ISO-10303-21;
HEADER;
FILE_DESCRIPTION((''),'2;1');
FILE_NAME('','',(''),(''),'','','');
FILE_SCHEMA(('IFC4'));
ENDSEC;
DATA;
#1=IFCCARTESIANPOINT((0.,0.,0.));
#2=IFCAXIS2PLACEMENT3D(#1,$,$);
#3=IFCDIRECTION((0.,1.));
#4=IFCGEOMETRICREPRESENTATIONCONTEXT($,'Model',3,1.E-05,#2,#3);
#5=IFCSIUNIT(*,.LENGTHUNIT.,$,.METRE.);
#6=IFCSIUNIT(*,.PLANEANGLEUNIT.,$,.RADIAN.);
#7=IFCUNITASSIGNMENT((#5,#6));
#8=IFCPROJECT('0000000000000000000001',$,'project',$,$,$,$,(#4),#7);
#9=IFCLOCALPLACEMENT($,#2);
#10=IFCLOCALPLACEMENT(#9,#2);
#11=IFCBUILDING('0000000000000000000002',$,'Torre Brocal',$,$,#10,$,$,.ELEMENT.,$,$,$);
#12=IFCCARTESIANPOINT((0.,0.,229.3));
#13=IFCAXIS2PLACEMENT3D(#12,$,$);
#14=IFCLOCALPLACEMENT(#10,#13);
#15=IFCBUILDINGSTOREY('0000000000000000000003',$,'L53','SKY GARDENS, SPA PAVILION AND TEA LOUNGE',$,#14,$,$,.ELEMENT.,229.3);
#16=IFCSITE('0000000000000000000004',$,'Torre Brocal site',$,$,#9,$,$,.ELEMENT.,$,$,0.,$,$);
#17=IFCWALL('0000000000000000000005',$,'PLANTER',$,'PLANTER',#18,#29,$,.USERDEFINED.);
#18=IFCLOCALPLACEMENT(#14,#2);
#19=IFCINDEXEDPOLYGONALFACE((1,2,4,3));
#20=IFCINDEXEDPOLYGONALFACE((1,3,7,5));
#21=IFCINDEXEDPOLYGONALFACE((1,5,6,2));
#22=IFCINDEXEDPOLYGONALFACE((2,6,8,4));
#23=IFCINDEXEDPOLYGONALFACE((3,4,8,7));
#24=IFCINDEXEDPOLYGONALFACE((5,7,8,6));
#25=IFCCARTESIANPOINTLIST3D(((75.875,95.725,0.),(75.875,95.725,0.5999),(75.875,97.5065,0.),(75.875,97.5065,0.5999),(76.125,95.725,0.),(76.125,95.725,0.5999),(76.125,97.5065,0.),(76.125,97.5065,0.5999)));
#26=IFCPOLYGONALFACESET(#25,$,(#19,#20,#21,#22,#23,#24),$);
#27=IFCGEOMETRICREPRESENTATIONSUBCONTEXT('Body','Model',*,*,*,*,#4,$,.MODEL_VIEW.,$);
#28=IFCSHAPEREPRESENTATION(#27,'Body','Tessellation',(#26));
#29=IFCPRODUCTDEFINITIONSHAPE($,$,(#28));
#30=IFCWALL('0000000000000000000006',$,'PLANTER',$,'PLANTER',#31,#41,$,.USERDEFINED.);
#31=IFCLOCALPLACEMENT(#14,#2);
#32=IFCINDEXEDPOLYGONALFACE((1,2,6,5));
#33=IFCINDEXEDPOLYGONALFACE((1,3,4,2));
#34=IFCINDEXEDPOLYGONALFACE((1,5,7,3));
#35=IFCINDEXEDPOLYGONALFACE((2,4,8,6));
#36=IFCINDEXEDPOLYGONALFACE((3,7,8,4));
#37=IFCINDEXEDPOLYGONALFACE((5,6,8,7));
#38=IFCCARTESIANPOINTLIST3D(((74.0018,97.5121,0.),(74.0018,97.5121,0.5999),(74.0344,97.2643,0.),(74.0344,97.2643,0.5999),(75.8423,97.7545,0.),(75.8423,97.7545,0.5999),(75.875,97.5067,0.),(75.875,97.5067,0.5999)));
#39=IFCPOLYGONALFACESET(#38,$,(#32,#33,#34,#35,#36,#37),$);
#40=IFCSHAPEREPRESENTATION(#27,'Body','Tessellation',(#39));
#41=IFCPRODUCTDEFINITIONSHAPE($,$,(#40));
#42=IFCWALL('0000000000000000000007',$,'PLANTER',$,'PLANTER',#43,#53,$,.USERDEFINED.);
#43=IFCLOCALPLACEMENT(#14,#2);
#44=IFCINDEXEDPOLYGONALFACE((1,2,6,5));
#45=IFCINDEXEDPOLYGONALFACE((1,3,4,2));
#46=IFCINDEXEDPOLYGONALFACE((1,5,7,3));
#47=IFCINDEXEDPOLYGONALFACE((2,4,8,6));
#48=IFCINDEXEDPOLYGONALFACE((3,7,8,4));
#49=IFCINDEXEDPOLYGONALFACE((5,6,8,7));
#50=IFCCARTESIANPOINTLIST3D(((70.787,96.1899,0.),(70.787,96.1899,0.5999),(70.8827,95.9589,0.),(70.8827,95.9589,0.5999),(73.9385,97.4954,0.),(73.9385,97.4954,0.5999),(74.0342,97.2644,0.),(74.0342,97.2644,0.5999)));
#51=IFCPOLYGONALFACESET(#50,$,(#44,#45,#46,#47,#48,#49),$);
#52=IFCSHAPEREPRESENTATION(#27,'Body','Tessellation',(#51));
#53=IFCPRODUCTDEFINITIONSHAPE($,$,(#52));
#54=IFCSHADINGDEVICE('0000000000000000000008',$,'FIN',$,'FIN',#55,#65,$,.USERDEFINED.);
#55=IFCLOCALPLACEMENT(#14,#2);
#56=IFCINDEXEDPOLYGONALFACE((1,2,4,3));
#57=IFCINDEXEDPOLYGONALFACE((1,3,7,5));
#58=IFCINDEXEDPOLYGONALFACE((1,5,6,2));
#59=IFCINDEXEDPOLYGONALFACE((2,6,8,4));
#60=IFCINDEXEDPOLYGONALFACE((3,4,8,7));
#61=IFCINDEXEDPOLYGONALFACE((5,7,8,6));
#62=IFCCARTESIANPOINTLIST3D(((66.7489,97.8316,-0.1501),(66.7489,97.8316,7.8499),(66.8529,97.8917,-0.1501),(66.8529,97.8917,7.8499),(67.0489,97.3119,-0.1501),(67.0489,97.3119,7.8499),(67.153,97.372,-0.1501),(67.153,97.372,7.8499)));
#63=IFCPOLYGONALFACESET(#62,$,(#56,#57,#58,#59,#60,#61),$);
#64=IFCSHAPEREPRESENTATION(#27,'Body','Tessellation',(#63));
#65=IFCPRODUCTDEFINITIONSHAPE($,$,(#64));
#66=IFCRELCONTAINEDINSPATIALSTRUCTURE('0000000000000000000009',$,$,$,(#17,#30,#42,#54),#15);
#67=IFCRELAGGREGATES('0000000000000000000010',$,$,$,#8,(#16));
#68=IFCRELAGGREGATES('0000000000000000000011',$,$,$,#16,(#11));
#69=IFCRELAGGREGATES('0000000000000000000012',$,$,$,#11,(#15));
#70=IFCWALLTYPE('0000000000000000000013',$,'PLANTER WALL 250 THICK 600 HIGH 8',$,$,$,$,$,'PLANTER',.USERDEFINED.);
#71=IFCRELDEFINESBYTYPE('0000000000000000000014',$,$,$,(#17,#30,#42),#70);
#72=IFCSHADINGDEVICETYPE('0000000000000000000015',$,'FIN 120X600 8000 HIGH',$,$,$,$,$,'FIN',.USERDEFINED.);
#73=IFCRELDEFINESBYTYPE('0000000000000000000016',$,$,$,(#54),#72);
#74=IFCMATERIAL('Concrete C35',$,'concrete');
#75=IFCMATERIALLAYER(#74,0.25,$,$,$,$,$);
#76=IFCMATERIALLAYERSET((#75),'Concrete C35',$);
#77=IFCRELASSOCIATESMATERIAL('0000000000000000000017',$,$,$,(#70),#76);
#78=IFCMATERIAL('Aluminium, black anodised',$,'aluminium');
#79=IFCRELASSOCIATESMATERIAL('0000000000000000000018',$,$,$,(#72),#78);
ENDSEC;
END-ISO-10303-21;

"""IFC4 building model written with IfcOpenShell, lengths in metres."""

from ifc_helpers import new_model, si_unit, direction, frame, frame_2d, origin, origin_2d, place, context, subcontext, project, spatial, rectangle, extrude, material, layer, layer_set, material_profile, profile_set, type_object, element, save


model = new_model("IFC4")

# Units and contexts
model_context = context("Model", 3, precision=1e-05, world=origin(), true_north=direction((0.0, 1.0)))
body_context = subcontext(model_context, "Body", "Model", "MODEL_VIEW")
ifc_project = project(units=[si_unit("LENGTHUNIT", "METRE"), si_unit("PLANEANGLEUNIT", "RADIAN")], contexts=[model_context])

# Site, building, storey
site_placement = place(None, origin())
site = spatial("IfcSite", under=ifc_project, at=site_placement, Name="Torre Brocal site", CompositionType="ELEMENT", RefElevation=0.0)
building_placement = place(site_placement, origin())
building = spatial("IfcBuilding", under=site, at=building_placement, Name="Torre Brocal", CompositionType="ELEMENT")
storey_placement = place(building_placement, frame((0.0, 0.0, 229.3)))
storey = spatial("IfcBuildingStorey", under=building, at=storey_placement, Name="L53", Description="SKY GARDENS, SPA PAVILION AND TEA LOUNGE", CompositionType="ELEMENT", Elevation=229.3)

# Walls
ifc_material_1 = material(Name="Concrete C35", Category="concrete")
ifc_layer_1 = layer(ifc_material_1, 0.25)
ifc_layer_set_1 = layer_set([ifc_layer_1], Name="Concrete C35")
wall_type_1 = type_object("IfcWallType", Name="PLANTER WALL 250 THICK 600 HIGH 8", ElementType="PLANTER", PredefinedType="USERDEFINED", material=ifc_layer_set_1)
wall_1_placement = place(storey_placement, frame((76.0, 95.7251, 0.0), z_axis=(0.0, 0.0, 1.0), x_axis=(0.0, 1.0, 0.0)))
element("IfcWall", 1, at=wall_1_placement, inside=storey, type_object=wall_type_1, Name="PLANTER", ObjectType="PLANTER", PredefinedType="USERDEFINED", context=body_context, shape_type="SweptSolid", body=[
    extrude(rectangle(XDim=1.7815, YDim=0.25, at=frame_2d((0.8906, 0.0))), origin(), (0.0, 0.0, 1.0), 0.5999),
])
wall_2_placement = place(storey_placement, frame((75.8586, 97.6306, 0.0), z_axis=(0.0, 0.0, 1.0), x_axis=(-0.991437, -0.130587, 0.0)))
element("IfcWall", 2, at=wall_2_placement, inside=storey, type_object=wall_type_1, Name="PLANTER", ObjectType="PLANTER", PredefinedType="USERDEFINED", context=body_context, shape_type="SweptSolid", body=[
    extrude(rectangle(XDim=1.8564, YDim=0.25, at=frame_2d((0.9282, 0.0))), origin(), (0.0, 0.0, 1.0), 0.5999),
])
wall_3_placement = place(storey_placement, frame((73.9863, 97.3799, 0.0), z_axis=(0.0, 0.0, 1.0), x_axis=(-0.923871, -0.382704, 0.0)))
element("IfcWall", 3, at=wall_3_placement, inside=storey, type_object=wall_type_1, Name="PLANTER", ObjectType="PLANTER", PredefinedType="USERDEFINED", context=body_context, shape_type="SweptSolid", body=[
    extrude(rectangle(XDim=3.4111, YDim=0.25, at=frame_2d((1.7056, 0.0))), origin(), (0.0, 0.0, 1.0), 0.5999),
])

# Shading device
ifc_material_2 = material(Name="Aluminium, black anodised", Category="aluminium")
ifc_material_profile_1 = material_profile(ifc_material_2, rectangle(XDim=0.1201, YDim=0.6001, at=origin_2d()), Name="FIN 120X600 8000 HIGH")
ifc_profile_set_1 = profile_set([ifc_material_profile_1], Name="Aluminium, black anodised")
shading_device_type = type_object("IfcShadingDeviceType", Name="FIN 120X600 8000 HIGH", ElementType="FIN", PredefinedType="USERDEFINED", material=ifc_profile_set_1)
shading_device_placement = place(storey_placement, frame((66.9509, 97.6018, -0.1501), z_axis=(0.0, 0.0, 1.0), x_axis=(-0.866025, -0.5, 0.0)))
element("IfcShadingDevice", 4, at=shading_device_placement, inside=storey, type_object=shading_device_type, Name="FIN", ObjectType="FIN", PredefinedType="USERDEFINED", context=body_context, shape_type="SweptSolid", body=[
    extrude(rectangle(XDim=0.1201, YDim=0.6001, at=origin_2d()), origin(), (0.0, 0.0, 1.0), 8.0),
])

save(model, "model.ifc")
